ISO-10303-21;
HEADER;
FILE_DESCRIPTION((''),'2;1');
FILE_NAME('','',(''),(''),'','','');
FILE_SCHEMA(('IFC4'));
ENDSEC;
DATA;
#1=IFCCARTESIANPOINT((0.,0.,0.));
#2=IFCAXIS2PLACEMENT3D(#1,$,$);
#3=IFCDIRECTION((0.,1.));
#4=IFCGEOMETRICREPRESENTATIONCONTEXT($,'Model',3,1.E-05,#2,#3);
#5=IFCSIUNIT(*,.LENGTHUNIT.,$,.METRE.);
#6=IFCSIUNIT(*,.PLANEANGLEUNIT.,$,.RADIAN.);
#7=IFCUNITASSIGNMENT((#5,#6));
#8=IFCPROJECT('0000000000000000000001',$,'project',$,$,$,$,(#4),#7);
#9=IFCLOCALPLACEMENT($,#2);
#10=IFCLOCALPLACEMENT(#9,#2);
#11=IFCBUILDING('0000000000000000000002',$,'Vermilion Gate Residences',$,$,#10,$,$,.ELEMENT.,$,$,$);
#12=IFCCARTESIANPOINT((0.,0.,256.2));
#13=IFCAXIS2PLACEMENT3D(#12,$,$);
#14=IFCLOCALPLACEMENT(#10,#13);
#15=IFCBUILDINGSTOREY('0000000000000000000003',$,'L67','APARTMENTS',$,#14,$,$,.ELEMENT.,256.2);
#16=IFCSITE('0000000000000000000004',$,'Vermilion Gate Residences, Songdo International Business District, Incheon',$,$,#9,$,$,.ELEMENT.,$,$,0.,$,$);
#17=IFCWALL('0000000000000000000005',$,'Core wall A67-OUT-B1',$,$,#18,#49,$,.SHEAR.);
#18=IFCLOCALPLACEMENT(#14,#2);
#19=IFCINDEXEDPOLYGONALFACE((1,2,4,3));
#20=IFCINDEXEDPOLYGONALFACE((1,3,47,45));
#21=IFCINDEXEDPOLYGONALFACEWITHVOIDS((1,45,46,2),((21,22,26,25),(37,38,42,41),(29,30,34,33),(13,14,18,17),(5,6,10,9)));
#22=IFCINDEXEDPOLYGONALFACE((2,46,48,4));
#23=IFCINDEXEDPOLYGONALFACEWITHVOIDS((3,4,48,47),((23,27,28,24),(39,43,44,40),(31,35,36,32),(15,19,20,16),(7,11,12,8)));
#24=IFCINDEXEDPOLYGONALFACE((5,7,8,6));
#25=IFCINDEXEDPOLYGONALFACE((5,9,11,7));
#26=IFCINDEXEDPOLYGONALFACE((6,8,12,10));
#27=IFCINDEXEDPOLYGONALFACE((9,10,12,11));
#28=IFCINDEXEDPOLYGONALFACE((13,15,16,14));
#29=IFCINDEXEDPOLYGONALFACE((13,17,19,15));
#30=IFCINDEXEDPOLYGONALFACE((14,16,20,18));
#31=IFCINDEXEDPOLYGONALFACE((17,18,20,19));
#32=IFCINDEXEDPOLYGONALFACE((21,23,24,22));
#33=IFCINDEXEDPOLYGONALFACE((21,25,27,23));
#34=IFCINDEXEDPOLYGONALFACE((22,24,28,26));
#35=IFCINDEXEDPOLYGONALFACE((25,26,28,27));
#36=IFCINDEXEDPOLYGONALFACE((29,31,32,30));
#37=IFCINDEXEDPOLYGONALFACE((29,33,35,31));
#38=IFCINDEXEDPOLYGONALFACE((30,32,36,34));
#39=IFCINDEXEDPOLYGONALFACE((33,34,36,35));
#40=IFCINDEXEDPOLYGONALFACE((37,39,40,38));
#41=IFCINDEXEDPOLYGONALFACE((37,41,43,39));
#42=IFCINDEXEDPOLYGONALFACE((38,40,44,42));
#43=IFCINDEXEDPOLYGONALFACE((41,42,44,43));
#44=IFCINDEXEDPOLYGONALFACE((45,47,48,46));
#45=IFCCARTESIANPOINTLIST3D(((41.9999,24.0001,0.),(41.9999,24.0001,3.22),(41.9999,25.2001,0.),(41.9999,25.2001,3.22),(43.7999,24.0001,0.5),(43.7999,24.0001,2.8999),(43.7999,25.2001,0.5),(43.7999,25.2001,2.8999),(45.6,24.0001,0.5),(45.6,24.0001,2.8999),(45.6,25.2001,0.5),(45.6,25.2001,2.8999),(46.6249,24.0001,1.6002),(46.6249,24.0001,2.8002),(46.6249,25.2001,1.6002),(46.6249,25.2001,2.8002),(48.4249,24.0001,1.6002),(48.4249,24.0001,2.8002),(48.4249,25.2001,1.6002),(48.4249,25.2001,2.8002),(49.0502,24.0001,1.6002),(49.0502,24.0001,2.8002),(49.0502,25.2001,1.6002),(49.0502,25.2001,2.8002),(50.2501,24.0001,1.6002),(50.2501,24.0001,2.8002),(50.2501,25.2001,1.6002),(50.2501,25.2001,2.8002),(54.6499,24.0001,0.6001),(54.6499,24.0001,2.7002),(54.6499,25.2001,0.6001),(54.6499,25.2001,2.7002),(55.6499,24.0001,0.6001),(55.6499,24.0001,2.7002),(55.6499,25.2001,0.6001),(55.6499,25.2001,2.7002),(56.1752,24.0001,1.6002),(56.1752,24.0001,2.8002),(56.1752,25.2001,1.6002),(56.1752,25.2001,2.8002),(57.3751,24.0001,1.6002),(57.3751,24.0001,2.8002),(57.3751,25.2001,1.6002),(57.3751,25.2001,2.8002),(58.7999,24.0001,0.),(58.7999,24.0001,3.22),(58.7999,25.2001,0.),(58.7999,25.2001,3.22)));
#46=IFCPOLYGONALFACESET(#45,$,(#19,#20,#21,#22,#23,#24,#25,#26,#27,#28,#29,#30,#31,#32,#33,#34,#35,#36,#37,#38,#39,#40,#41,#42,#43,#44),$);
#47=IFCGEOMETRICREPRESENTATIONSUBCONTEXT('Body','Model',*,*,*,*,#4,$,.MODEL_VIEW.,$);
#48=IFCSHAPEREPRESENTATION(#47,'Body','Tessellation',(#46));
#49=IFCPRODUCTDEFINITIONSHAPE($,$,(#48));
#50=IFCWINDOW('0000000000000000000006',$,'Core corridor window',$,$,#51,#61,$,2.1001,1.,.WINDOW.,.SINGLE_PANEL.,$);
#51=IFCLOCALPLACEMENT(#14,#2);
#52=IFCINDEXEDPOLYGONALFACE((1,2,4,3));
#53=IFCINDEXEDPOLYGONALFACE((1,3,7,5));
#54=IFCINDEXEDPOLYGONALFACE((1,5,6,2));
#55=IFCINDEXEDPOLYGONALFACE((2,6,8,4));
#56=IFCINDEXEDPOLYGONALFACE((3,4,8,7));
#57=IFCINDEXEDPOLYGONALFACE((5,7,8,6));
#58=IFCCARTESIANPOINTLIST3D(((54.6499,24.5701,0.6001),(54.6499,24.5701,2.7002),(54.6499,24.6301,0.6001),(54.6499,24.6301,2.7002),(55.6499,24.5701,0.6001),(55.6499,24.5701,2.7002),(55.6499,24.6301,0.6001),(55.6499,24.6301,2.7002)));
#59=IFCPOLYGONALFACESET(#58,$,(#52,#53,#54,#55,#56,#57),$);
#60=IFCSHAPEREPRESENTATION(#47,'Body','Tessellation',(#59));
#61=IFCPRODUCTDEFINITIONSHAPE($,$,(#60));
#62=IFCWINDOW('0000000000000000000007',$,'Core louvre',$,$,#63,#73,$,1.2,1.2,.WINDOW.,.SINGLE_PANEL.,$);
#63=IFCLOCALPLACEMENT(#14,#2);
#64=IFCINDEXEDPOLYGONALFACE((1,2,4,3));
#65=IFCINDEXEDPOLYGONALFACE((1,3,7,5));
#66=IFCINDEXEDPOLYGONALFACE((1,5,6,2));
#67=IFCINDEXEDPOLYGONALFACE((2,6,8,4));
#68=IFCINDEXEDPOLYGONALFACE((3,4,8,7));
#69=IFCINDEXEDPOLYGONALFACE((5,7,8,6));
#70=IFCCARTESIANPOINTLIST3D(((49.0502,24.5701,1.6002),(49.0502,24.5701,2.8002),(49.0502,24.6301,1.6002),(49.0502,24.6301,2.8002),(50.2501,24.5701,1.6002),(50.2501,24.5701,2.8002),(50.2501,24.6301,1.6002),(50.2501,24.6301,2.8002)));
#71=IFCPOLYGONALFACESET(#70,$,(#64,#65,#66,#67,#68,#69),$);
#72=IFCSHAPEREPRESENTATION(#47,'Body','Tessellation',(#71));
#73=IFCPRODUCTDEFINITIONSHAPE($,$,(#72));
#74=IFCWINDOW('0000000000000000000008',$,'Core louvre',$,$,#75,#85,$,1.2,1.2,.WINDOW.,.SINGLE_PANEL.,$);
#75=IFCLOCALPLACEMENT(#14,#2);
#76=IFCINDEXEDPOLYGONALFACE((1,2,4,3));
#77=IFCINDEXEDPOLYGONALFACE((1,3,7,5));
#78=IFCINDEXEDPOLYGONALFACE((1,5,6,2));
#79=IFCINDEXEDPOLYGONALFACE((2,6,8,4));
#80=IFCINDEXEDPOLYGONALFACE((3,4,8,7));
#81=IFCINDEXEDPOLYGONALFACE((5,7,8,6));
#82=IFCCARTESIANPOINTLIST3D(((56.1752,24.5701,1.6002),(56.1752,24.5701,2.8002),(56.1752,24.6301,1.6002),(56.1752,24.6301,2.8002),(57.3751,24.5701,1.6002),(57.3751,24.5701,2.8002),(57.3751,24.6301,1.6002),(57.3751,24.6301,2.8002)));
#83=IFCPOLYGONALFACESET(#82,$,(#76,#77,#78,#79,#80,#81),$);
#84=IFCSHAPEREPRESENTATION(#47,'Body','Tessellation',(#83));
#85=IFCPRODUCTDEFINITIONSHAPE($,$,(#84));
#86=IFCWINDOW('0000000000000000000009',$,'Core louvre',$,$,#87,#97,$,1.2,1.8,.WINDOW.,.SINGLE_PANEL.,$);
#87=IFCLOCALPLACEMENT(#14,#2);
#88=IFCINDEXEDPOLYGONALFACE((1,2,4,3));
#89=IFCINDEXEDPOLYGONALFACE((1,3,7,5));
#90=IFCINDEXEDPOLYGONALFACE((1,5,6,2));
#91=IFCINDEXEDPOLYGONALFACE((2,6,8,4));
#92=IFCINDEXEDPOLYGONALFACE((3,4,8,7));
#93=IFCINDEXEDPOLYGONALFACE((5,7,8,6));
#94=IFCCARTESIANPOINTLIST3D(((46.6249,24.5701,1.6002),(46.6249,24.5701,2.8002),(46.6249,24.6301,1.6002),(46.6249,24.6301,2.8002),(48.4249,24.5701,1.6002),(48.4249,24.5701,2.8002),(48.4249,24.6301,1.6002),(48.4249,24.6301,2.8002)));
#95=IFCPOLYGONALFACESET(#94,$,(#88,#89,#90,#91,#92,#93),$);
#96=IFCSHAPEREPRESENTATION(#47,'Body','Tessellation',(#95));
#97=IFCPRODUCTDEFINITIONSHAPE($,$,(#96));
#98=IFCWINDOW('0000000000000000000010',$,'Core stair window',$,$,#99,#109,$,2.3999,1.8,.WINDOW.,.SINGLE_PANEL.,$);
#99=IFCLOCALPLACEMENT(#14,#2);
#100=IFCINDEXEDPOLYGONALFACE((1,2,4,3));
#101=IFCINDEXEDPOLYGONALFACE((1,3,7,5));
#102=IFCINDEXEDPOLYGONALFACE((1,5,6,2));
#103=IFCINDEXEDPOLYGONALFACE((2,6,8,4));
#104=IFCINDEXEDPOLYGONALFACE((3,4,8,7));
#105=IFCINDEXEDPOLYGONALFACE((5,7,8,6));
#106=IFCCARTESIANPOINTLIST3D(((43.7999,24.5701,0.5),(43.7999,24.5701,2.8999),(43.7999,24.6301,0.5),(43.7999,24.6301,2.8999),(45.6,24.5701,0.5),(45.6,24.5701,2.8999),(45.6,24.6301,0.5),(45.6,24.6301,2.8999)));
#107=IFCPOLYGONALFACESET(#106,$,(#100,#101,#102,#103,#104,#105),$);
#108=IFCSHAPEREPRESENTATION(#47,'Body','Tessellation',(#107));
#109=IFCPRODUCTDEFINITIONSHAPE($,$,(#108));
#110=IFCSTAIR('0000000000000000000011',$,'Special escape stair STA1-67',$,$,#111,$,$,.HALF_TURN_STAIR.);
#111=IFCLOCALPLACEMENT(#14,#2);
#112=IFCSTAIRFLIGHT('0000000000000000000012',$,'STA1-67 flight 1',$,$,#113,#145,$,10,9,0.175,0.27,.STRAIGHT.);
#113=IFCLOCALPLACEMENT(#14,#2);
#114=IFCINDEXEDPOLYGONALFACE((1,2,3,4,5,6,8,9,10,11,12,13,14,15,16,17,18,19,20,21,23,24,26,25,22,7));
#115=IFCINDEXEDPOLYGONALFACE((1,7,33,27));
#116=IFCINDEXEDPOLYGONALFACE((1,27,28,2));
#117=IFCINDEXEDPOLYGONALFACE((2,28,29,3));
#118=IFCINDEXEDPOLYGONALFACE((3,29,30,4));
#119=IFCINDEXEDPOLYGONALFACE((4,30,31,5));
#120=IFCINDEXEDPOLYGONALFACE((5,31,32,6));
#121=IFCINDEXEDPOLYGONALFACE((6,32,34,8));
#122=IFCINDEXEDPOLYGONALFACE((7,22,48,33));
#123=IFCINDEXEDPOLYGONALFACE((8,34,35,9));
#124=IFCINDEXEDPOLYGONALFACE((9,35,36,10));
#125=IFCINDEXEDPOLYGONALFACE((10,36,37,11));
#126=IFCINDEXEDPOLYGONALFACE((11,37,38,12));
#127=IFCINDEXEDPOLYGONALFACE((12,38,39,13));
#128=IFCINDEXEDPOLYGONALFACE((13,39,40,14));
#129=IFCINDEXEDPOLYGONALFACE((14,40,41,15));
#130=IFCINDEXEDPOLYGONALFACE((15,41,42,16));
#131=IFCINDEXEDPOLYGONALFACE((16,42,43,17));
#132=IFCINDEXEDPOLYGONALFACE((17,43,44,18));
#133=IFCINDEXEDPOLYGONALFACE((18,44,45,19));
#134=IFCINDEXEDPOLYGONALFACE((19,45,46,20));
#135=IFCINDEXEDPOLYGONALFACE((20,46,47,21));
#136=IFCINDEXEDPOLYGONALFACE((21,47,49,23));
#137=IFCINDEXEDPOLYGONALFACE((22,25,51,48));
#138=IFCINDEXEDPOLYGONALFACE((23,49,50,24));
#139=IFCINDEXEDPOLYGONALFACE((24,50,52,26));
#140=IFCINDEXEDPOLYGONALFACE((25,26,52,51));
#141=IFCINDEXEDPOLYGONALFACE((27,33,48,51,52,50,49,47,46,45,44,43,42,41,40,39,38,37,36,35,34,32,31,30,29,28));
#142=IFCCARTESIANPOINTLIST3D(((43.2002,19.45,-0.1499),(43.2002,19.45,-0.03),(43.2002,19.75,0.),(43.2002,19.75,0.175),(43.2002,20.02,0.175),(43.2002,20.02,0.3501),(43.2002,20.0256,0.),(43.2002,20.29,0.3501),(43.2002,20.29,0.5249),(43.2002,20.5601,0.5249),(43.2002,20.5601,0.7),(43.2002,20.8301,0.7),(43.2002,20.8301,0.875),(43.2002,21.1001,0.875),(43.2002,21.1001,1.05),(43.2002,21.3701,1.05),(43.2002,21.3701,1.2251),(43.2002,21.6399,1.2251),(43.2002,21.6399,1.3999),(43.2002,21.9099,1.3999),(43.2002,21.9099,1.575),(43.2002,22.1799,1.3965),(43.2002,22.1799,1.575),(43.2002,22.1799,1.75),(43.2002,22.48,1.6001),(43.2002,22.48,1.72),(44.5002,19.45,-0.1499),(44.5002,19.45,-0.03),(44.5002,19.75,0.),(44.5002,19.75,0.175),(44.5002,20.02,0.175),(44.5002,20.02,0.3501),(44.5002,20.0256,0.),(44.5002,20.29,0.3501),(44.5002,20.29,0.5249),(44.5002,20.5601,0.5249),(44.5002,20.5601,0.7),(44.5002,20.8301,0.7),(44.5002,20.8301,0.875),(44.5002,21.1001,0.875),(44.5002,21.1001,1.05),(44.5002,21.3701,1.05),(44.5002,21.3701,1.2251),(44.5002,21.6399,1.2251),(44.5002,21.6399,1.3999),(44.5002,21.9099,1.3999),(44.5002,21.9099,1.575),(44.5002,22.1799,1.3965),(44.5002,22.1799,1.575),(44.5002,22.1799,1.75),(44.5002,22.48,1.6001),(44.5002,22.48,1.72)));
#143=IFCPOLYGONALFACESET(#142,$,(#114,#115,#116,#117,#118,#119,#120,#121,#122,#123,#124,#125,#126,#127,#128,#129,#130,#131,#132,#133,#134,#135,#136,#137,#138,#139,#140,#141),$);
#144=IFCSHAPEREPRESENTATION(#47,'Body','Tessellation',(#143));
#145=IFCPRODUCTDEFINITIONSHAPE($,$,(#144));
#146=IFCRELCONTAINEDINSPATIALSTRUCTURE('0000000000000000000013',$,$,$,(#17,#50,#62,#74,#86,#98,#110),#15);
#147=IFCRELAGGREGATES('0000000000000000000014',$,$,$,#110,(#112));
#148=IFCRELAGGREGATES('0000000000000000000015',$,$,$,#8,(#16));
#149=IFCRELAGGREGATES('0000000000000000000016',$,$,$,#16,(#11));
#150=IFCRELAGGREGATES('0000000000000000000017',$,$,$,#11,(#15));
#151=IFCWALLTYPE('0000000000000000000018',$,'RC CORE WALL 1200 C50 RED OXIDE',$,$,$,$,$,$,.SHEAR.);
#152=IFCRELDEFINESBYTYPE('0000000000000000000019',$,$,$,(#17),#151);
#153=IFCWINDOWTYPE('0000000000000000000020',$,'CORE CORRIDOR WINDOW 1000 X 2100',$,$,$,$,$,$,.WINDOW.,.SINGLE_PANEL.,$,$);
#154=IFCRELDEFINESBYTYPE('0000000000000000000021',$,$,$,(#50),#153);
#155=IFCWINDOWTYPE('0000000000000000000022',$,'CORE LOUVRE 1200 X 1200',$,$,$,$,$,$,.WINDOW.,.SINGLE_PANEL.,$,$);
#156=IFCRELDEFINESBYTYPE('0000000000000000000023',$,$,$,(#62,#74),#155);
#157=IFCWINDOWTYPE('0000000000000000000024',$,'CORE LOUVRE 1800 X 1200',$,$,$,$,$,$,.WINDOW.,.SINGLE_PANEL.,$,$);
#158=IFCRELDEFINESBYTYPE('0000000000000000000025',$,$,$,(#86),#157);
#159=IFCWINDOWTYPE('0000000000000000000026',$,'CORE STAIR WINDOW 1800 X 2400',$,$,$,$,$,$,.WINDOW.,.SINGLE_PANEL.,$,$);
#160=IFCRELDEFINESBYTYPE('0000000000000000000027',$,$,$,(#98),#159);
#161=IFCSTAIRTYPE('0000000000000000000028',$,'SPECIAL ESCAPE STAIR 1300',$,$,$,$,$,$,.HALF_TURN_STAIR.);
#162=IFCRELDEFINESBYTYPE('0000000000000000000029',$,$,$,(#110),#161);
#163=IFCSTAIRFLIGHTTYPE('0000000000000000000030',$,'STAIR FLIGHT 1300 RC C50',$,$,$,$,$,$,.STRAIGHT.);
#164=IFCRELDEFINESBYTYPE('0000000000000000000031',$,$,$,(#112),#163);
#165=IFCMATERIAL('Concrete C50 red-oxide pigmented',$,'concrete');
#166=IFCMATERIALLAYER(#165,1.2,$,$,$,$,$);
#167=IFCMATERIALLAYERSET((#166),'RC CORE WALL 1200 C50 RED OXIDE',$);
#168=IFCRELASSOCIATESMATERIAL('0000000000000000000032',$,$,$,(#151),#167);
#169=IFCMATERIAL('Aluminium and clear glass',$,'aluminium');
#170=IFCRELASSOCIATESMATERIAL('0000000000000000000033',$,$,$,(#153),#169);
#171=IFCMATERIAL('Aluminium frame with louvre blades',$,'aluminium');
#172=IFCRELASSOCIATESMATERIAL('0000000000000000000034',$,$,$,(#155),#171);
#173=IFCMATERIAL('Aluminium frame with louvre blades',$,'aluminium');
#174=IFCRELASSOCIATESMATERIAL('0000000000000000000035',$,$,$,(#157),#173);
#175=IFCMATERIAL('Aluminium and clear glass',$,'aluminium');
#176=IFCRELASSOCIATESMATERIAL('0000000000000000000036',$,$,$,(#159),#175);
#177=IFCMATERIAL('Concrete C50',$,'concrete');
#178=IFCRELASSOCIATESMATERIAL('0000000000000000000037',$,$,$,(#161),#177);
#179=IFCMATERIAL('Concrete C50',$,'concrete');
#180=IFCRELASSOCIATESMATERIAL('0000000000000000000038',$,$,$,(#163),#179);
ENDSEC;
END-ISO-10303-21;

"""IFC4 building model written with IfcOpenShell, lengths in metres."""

from ifc_helpers import new_model, si_unit, direction, frame, frame_2d, origin, place, context, subcontext, project, spatial, polyline, rectangle, outline, extrude, material, layer, layer_set, type_object, element, fill, aggregate, save


model = new_model("IFC4")

# Units and contexts
model_context = context("Model", 3, precision=1e-05, world=origin(), true_north=direction((0.0, 1.0)))
body_context = subcontext(model_context, "Body", "Model", "MODEL_VIEW")
ifc_project = project(units=[si_unit("LENGTHUNIT", "METRE"), si_unit("PLANEANGLEUNIT", "RADIAN")], contexts=[model_context])

# Site, building, storey
site_placement = place(None, origin())
site = spatial("IfcSite", under=ifc_project, at=site_placement, Name="Vermilion Gate Residences, Songdo International Business District, Incheon", CompositionType="ELEMENT", RefElevation=0.0)
building_placement = place(site_placement, origin())
building = spatial("IfcBuilding", under=site, at=building_placement, Name="Vermilion Gate Residences", CompositionType="ELEMENT")
storey_placement = place(building_placement, frame((0.0, 0.0, 256.2)))
storey = spatial("IfcBuildingStorey", under=building, at=storey_placement, Name="L67", Description="APARTMENTS", CompositionType="ELEMENT", Elevation=256.2)

# Wall, openings, windows
ifc_material_1 = material(Name="Concrete C50 red-oxide pigmented", Category="concrete")
ifc_layer_1 = layer(ifc_material_1, 1.2)
ifc_layer_set_1 = layer_set([ifc_layer_1], Name="RC CORE WALL 1200 C50 RED OXIDE")
wall_type_1 = type_object("IfcWallType", Name="RC CORE WALL 1200 C50 RED OXIDE", PredefinedType="SHEAR", material=ifc_layer_set_1)
wall_1_placement = place(storey_placement, frame((42.0, 24.6001, 0.0), z_axis=(0.0, 0.0, 1.0), x_axis=(1.0, 0.0, 0.0)))
wall_1 = element("IfcWall", 1, at=wall_1_placement, inside=storey, type_object=wall_type_1, Name="Core wall A67-OUT-B1", PredefinedType="SHEAR", context=body_context, shape_type="SweptSolid", body=[
    extrude(rectangle(XDim=16.8, YDim=1.2, at=frame_2d((8.3999, 0.0))), origin(), (0.0, 0.0, 1.0), 3.22),
])
opening_1_placement = place(wall_1_placement, frame((1.8, 0.0, 0.5)))
opening_1 = element("IfcOpeningElement", 2, at=opening_1_placement, cuts=wall_1, PredefinedType="OPENING", context=body_context, shape_type="SweptSolid", body=[
    extrude(rectangle(XDim=1.8, YDim=2.3999, at=frame_2d((0.8999, 1.2))), frame((0.0, 0.6099, 0.0), z_axis=(0.0, -1.0, 0.0), x_axis=(1.0, 0.0, 0.0)), (0.0, 0.0, 1.0), 1.22),
])
opening_2_placement = place(wall_1_placement, frame((4.625, 0.0, 1.6001)))
opening_2 = element("IfcOpeningElement", 3, at=opening_2_placement, cuts=wall_1, PredefinedType="OPENING", context=body_context, shape_type="SweptSolid", body=[
    extrude(rectangle(XDim=1.8, YDim=1.2, at=frame_2d((0.8999, 0.6001))), frame((0.0, 0.6099, 0.0), z_axis=(0.0, -1.0, 0.0), x_axis=(1.0, 0.0, 0.0)), (0.0, 0.0, 1.0), 1.22),
])
opening_3_placement = place(wall_1_placement, frame((7.05, 0.0, 1.6001)))
opening_3 = element("IfcOpeningElement", 4, at=opening_3_placement, cuts=wall_1, PredefinedType="OPENING", context=body_context, shape_type="SweptSolid", body=[
    extrude(rectangle(XDim=1.2, YDim=1.2, at=frame_2d((0.6001, 0.6001))), frame((0.0, 0.6099, 0.0), z_axis=(0.0, -1.0, 0.0), x_axis=(1.0, 0.0, 0.0)), (0.0, 0.0, 1.0), 1.22),
])
opening_4_placement = place(wall_1_placement, frame((12.6499, 0.0, 0.6001)))
opening_4 = element("IfcOpeningElement", 5, at=opening_4_placement, cuts=wall_1, PredefinedType="OPENING", context=body_context, shape_type="SweptSolid", body=[
    extrude(rectangle(XDim=1.0, YDim=2.1001, at=frame_2d((0.5, 1.05))), frame((0.0, 0.6099, 0.0), z_axis=(0.0, -1.0, 0.0), x_axis=(1.0, 0.0, 0.0)), (0.0, 0.0, 1.0), 1.22),
])
opening_5_placement = place(wall_1_placement, frame((14.175, 0.0, 1.6001)))
opening_5 = element("IfcOpeningElement", 6, at=opening_5_placement, cuts=wall_1, PredefinedType="OPENING", context=body_context, shape_type="SweptSolid", body=[
    extrude(rectangle(XDim=1.2, YDim=1.2, at=frame_2d((0.6001, 0.6001))), frame((0.0, 0.6099, 0.0), z_axis=(0.0, -1.0, 0.0), x_axis=(1.0, 0.0, 0.0)), (0.0, 0.0, 1.0), 1.22),
])
ifc_material_2 = material(Name="Aluminium and clear glass", Category="aluminium")
window_type_1 = type_object("IfcWindowType", Name="CORE CORRIDOR WINDOW 1000 X 2100", PartitioningType="SINGLE_PANEL", PredefinedType="WINDOW", material=ifc_material_2)
window_1_placement = place(opening_4_placement, origin())
window_1 = element("IfcWindow", 7, at=window_1_placement, inside=storey, type_object=window_type_1, Name="Core corridor window", OverallHeight=2.1001, OverallWidth=1.0, PartitioningType="SINGLE_PANEL", PredefinedType="WINDOW", context=body_context, shape_type="SweptSolid", body=[
    extrude(rectangle(XDim=1.0, YDim=2.1001, at=frame_2d((0.5, 1.05))), frame((0.0, 0.03, 0.0), z_axis=(0.0, -1.0, 0.0), x_axis=(1.0, 0.0, 0.0)), (0.0, 0.0, 1.0), 0.0601),
])
fill(opening_4, window_1)
ifc_material_3 = material(Name="Aluminium frame with louvre blades", Category="aluminium")
window_type_2 = type_object("IfcWindowType", Name="CORE LOUVRE 1200 X 1200", PartitioningType="SINGLE_PANEL", PredefinedType="WINDOW", material=ifc_material_3)
window_2_placement = place(opening_3_placement, origin())
window_2 = element("IfcWindow", 8, at=window_2_placement, inside=storey, type_object=window_type_2, Name="Core louvre", OverallHeight=1.2, OverallWidth=1.2, PartitioningType="SINGLE_PANEL", PredefinedType="WINDOW", context=body_context, shape_type="SweptSolid", body=[
    extrude(rectangle(XDim=1.2, YDim=1.2, at=frame_2d((0.6001, 0.6001))), frame((0.0, 0.03, 0.0), z_axis=(0.0, -1.0, 0.0), x_axis=(1.0, 0.0, 0.0)), (0.0, 0.0, 1.0), 0.0601),
])
fill(opening_3, window_2)
window_3_placement = place(opening_5_placement, origin())
window_3 = element("IfcWindow", 9, at=window_3_placement, inside=storey, type_object=window_type_2, Name="Core louvre", OverallHeight=1.2, OverallWidth=1.2, PartitioningType="SINGLE_PANEL", PredefinedType="WINDOW", context=body_context, shape_type="SweptSolid", body=[
    extrude(rectangle(XDim=1.2, YDim=1.2, at=frame_2d((0.6001, 0.6001))), frame((0.0, 0.03, 0.0), z_axis=(0.0, -1.0, 0.0), x_axis=(1.0, 0.0, 0.0)), (0.0, 0.0, 1.0), 0.0601),
])
fill(opening_5, window_3)
ifc_material_4 = material(Name="Aluminium frame with louvre blades", Category="aluminium")
window_type_3 = type_object("IfcWindowType", Name="CORE LOUVRE 1800 X 1200", PartitioningType="SINGLE_PANEL", PredefinedType="WINDOW", material=ifc_material_4)
window_4_placement = place(opening_2_placement, origin())
window_4 = element("IfcWindow", 10, at=window_4_placement, inside=storey, type_object=window_type_3, Name="Core louvre", OverallHeight=1.2, OverallWidth=1.8, PartitioningType="SINGLE_PANEL", PredefinedType="WINDOW", context=body_context, shape_type="SweptSolid", body=[
    extrude(rectangle(XDim=1.8, YDim=1.2, at=frame_2d((0.8999, 0.6001))), frame((0.0, 0.03, 0.0), z_axis=(0.0, -1.0, 0.0), x_axis=(1.0, 0.0, 0.0)), (0.0, 0.0, 1.0), 0.0601),
])
fill(opening_2, window_4)
ifc_material_5 = material(Name="Aluminium and clear glass", Category="aluminium")
window_type_4 = type_object("IfcWindowType", Name="CORE STAIR WINDOW 1800 X 2400", PartitioningType="SINGLE_PANEL", PredefinedType="WINDOW", material=ifc_material_5)
window_5_placement = place(opening_1_placement, origin())
window_5 = element("IfcWindow", 11, at=window_5_placement, inside=storey, type_object=window_type_4, Name="Core stair window", OverallHeight=2.3999, OverallWidth=1.8, PartitioningType="SINGLE_PANEL", PredefinedType="WINDOW", context=body_context, shape_type="SweptSolid", body=[
    extrude(rectangle(XDim=1.8, YDim=2.3999, at=frame_2d((0.8999, 1.2))), frame((0.0, 0.03, 0.0), z_axis=(0.0, -1.0, 0.0), x_axis=(1.0, 0.0, 0.0)), (0.0, 0.0, 1.0), 0.0601),
])
fill(opening_1, window_5)

# Stair, stair flight
ifc_material_6 = material(Name="Concrete C50", Category="concrete")
stair_type = type_object("IfcStairType", Name="SPECIAL ESCAPE STAIR 1300", PredefinedType="HALF_TURN_STAIR", material=ifc_material_6)
stair_placement = place(storey_placement, origin())
stair = element("IfcStair", 12, at=stair_placement, inside=storey, type_object=stair_type, Name="Special escape stair STA1-67", PredefinedType="HALF_TURN_STAIR")
ifc_material_7 = material(Name="Concrete C50", Category="concrete")
stair_flight_type = type_object("IfcStairFlightType", Name="STAIR FLIGHT 1300 RC C50", PredefinedType="STRAIGHT", material=ifc_material_7)
stair_flight_1_placement = place(storey_placement, frame((43.8501, 19.75, 0.0), z_axis=(0.0, 0.0, 1.0), x_axis=(0.0, 1.0, 0.0)))
stair_flight_1 = element("IfcStairFlight", 13, at=stair_flight_1_placement, type_object=stair_flight_type, Name="STA1-67 flight 1", NumberOfRisers=10, NumberOfTreads=9, PredefinedType="STRAIGHT", RiserHeight=0.175, TreadLength=0.27, context=body_context, shape_type="SweptSolid", body=[
    extrude(outline(polyline([(-0.3, -0.1499), (-0.3, -0.03), (0.0, 0.0), (0.0, 0.175), (0.27, 0.175), (0.27, 0.3501), (0.54, 0.3501), (0.54, 0.5249), (0.8101, 0.5249), (0.8101, 0.7), (1.0801, 0.7), (1.0801, 0.875), (1.3501, 0.875), (1.3501, 1.05), (1.6201, 1.05), (1.6201, 1.2251), (1.8899, 1.2251), (1.8899, 1.3999), (2.1599, 1.3999), (2.1599, 1.575), (2.4299, 1.575), (2.4299, 1.75), (2.73, 1.72), (2.73, 1.6001), (2.4299, 1.3965), (0.2756, 0.0), (-0.3, -0.1499)])), frame((0.0, 0.6499, 0.0), z_axis=(0.0, -1.0, 0.0), x_axis=(1.0, 0.0, 0.0)), (0.0, 0.0, 1.0), 1.3),
])
aggregate(stair, [stair_flight_1])

save(model, "model.ifc")
